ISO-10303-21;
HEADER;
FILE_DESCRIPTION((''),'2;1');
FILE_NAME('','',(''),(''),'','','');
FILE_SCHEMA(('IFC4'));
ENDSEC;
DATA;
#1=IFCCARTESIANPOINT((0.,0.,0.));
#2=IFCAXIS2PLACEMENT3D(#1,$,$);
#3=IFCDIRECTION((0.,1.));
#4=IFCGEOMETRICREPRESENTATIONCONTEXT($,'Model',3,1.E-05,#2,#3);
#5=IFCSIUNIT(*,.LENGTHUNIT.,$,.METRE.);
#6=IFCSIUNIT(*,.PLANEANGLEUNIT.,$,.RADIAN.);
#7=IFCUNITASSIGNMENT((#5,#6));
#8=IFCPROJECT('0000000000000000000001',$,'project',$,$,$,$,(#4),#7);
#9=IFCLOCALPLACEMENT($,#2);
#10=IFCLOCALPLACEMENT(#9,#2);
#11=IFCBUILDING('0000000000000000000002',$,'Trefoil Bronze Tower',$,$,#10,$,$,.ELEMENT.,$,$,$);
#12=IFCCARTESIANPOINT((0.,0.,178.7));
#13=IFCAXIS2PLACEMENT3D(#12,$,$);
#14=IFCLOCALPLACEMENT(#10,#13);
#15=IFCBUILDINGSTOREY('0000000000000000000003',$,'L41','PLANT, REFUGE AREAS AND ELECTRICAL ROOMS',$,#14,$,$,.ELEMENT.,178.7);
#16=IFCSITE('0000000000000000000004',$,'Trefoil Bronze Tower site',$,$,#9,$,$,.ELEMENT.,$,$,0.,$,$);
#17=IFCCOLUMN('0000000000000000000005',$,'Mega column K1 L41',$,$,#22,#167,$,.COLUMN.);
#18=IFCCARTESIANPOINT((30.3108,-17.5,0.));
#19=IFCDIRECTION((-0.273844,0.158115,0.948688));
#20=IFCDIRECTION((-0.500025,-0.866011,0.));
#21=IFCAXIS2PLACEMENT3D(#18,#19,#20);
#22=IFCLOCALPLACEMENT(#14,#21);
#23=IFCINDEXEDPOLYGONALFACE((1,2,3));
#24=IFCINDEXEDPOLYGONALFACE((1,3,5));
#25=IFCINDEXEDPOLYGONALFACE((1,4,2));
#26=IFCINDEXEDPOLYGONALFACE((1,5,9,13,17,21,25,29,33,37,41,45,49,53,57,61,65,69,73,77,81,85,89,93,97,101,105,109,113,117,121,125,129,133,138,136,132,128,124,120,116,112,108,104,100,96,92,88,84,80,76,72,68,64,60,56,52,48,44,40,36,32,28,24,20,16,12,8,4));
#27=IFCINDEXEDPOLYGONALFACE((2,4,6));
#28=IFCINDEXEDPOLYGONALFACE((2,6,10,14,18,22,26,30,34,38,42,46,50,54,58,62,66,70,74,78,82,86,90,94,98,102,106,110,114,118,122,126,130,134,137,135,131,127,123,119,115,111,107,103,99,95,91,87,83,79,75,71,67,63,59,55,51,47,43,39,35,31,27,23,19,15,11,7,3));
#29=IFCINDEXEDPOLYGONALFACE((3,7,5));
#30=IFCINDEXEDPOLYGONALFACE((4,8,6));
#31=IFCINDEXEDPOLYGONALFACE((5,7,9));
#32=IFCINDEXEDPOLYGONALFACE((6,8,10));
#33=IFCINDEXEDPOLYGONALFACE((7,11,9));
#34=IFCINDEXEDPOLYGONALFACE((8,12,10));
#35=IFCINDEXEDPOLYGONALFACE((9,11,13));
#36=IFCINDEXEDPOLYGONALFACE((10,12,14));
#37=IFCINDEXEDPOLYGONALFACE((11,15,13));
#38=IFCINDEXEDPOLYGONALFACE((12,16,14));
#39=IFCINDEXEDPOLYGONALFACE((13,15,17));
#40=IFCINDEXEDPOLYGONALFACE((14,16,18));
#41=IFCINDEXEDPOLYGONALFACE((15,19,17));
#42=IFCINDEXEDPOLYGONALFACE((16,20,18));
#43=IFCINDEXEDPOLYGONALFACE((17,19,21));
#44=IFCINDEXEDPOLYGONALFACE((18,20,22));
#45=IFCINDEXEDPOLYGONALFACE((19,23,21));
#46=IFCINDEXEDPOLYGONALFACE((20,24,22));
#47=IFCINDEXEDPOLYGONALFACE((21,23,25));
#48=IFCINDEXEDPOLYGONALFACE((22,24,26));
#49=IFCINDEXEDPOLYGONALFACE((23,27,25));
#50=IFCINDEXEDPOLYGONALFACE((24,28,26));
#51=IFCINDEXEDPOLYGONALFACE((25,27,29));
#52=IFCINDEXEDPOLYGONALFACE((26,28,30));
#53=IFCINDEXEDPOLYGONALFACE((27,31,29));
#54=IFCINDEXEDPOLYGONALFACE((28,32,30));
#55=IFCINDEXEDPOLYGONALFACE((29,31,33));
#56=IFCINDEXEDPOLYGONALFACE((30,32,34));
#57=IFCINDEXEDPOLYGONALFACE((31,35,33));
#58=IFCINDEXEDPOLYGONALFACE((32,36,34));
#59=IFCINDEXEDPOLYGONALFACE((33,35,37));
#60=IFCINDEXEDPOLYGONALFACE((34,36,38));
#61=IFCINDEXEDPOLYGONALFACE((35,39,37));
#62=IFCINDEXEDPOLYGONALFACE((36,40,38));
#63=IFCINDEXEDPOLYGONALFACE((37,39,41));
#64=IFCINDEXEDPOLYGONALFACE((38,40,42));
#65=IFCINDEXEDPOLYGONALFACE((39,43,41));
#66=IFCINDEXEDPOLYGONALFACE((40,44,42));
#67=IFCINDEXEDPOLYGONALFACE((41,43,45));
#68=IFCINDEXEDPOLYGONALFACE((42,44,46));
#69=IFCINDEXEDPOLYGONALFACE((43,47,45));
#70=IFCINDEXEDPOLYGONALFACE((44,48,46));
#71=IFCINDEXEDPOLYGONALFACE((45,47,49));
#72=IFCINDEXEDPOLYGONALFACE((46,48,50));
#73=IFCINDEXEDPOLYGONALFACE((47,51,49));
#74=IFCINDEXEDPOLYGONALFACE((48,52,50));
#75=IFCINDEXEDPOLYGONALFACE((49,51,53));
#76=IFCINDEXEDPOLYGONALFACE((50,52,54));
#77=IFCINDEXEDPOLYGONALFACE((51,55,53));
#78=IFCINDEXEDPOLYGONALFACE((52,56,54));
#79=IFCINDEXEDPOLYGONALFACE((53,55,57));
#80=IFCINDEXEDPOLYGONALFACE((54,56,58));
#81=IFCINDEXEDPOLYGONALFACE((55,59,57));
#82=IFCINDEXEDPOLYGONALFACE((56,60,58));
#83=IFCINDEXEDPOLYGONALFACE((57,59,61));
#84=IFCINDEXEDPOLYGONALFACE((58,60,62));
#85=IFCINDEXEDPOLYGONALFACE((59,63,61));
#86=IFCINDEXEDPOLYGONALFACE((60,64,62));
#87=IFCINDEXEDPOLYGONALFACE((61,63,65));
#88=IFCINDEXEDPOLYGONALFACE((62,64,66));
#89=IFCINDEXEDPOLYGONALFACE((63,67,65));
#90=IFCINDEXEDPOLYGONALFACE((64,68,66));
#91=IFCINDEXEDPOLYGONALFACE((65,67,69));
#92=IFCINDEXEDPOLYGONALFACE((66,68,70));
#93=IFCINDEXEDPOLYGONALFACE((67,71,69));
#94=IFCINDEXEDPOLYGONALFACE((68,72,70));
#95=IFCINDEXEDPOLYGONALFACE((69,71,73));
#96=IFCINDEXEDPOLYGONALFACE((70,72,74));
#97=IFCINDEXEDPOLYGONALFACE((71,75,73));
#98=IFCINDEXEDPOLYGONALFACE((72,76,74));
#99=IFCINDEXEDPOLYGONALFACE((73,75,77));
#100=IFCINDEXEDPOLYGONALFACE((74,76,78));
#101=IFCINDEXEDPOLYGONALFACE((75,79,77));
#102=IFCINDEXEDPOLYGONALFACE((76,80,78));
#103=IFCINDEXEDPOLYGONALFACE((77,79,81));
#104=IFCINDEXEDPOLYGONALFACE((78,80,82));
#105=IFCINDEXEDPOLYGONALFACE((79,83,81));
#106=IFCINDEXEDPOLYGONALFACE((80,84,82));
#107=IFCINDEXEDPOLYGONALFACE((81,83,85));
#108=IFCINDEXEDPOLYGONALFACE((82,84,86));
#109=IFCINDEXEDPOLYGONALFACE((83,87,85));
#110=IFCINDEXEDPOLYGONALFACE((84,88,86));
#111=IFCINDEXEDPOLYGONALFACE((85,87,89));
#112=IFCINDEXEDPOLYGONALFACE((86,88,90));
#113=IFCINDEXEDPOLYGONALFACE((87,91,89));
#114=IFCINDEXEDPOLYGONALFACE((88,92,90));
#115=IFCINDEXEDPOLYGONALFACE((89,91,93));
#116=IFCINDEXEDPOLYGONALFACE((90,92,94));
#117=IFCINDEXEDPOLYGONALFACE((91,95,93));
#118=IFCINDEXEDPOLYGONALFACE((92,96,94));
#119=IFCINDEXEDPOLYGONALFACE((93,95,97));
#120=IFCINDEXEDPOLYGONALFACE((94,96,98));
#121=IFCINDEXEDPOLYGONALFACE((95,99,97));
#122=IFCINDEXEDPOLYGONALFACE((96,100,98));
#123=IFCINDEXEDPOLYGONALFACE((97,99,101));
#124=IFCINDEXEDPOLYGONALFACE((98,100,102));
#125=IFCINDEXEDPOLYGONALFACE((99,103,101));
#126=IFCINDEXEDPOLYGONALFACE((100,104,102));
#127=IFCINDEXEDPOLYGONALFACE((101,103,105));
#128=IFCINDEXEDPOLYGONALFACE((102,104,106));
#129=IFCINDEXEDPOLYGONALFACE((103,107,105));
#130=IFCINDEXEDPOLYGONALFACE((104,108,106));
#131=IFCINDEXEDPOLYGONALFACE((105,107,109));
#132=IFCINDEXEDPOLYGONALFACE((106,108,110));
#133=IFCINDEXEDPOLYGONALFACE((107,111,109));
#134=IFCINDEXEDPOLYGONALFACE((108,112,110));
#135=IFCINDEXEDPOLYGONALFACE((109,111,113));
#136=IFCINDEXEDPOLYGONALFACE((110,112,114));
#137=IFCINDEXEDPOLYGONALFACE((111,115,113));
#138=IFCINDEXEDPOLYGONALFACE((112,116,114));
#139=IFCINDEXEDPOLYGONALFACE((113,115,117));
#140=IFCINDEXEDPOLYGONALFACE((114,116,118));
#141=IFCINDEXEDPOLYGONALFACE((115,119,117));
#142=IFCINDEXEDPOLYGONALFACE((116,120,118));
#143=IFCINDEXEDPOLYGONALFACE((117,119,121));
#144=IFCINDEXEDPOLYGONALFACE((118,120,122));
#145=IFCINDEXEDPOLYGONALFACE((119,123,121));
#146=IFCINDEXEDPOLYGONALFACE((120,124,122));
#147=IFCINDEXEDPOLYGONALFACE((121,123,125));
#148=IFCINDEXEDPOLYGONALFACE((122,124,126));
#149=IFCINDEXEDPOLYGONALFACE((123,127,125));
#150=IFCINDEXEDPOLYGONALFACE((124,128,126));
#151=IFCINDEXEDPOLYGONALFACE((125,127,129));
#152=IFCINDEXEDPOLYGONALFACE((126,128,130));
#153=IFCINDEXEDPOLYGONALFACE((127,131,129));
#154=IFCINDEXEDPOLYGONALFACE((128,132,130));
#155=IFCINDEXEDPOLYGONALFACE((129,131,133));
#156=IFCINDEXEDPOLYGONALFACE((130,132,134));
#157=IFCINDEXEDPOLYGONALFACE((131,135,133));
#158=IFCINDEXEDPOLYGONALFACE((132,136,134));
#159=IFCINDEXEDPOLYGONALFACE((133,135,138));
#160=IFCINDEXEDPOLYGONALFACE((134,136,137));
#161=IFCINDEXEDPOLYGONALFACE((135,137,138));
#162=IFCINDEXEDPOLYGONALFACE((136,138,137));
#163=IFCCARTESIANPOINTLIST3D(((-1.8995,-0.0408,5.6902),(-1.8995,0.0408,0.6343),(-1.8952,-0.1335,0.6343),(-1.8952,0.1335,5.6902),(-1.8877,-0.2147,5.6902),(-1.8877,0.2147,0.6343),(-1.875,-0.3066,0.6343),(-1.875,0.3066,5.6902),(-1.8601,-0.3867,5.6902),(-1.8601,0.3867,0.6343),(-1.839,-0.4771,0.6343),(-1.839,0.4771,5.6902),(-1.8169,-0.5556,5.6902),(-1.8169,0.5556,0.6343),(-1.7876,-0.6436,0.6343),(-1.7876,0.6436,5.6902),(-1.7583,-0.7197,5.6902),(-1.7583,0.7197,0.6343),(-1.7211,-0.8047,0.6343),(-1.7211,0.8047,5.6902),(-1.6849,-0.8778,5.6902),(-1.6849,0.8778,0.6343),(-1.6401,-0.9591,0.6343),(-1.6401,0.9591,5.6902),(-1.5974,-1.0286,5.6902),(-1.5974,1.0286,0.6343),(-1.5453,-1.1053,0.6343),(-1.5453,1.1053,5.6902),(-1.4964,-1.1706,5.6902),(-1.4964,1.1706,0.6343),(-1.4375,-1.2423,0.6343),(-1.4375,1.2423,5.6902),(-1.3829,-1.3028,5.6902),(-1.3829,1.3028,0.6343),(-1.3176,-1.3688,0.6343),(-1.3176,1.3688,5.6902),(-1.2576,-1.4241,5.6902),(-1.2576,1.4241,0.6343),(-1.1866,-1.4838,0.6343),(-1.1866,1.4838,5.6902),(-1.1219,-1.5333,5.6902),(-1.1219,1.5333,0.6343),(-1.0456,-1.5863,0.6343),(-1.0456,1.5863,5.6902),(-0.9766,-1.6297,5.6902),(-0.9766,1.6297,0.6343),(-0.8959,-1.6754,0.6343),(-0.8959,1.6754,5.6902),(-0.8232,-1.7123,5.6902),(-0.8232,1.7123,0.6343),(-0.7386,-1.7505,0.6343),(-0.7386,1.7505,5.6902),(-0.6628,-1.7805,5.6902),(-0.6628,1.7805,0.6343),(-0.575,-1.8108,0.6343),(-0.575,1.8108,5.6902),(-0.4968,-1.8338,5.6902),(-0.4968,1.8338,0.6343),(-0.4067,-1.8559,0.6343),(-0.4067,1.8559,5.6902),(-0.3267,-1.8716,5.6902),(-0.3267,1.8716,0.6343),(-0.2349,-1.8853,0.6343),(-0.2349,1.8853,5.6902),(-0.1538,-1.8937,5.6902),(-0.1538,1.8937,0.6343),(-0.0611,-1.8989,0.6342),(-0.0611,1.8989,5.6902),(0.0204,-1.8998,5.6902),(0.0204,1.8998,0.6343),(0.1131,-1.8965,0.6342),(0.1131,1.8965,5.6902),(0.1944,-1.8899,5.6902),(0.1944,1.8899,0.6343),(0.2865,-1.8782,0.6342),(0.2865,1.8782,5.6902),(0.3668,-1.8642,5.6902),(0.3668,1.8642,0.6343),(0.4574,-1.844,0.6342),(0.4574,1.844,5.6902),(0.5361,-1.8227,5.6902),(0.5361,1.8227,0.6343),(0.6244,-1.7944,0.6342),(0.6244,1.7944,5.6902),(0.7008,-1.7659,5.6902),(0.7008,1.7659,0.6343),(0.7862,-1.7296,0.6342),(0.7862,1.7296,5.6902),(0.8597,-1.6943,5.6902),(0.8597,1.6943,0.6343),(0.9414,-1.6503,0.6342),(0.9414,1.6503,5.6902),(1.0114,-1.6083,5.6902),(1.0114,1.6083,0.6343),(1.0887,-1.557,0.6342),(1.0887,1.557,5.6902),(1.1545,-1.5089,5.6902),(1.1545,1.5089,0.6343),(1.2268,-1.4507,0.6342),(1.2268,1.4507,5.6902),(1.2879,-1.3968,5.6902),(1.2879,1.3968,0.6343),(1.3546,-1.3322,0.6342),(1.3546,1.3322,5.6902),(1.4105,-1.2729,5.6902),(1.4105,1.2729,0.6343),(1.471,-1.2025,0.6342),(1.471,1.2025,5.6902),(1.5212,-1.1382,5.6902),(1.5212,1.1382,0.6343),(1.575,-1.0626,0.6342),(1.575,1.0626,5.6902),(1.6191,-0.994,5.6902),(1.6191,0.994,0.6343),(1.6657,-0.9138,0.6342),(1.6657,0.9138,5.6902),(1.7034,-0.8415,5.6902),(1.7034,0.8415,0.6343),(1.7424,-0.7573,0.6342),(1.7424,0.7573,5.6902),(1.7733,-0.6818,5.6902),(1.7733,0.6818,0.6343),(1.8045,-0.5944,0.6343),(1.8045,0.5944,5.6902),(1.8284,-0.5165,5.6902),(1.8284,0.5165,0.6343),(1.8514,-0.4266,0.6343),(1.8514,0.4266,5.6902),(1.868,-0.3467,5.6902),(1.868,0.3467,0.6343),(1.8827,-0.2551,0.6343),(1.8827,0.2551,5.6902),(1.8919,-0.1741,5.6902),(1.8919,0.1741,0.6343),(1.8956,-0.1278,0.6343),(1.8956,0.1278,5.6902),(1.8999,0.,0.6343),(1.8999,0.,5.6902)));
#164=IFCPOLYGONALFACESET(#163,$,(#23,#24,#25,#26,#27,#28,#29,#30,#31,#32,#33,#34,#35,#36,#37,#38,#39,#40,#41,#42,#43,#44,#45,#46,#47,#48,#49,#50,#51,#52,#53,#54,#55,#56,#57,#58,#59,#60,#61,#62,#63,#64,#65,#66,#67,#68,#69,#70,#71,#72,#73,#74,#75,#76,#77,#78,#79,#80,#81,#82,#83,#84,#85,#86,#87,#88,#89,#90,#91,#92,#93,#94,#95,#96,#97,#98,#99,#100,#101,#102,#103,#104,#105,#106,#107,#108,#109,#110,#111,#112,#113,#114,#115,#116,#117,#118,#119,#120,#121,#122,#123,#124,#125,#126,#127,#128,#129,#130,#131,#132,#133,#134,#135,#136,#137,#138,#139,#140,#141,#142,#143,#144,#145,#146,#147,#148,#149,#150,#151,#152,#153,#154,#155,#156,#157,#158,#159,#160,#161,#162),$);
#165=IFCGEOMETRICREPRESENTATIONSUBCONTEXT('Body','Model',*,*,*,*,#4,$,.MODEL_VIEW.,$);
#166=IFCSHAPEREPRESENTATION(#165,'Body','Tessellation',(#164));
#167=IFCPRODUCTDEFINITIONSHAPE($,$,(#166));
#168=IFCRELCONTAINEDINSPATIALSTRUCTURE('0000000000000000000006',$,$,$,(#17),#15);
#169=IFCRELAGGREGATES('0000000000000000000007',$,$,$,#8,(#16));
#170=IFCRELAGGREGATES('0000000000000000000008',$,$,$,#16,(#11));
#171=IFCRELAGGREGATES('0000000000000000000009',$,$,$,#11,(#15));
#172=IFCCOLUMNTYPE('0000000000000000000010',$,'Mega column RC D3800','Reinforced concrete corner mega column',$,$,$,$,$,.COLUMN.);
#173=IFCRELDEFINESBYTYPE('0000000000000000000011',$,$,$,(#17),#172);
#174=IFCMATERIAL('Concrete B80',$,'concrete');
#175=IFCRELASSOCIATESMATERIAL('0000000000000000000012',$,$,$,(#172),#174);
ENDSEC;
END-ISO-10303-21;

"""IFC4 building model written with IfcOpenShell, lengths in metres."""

from ifc_helpers import new_model, si_unit, direction, frame, origin, origin_2d, place, context, subcontext, project, spatial, circle, extrude, clip, halfspace, material, material_profile, profile_set, type_object, element, save


model = new_model("IFC4")

# Units and contexts
model_context = context("Model", 3, precision=1e-05, world=origin(), true_north=direction((0.0, 1.0)))
body_context = subcontext(model_context, "Body", "Model", "MODEL_VIEW")
ifc_project = project(units=[si_unit("LENGTHUNIT", "METRE"), si_unit("PLANEANGLEUNIT", "RADIAN")], contexts=[model_context])

# Site, building, storey
site_placement = place(None, origin())
site = spatial("IfcSite", under=ifc_project, at=site_placement, Name="Trefoil Bronze Tower site", CompositionType="ELEMENT", RefElevation=0.0)
building_placement = place(site_placement, origin())
building = spatial("IfcBuilding", under=site, at=building_placement, Name="Trefoil Bronze Tower", CompositionType="ELEMENT")
storey_placement = place(building_placement, frame((0.0, 0.0, 178.7)))
storey = spatial("IfcBuildingStorey", under=building, at=storey_placement, Name="L41", Description="PLANT, REFUGE AREAS AND ELECTRICAL ROOMS", CompositionType="ELEMENT", Elevation=178.7)

# Column
ifc_material_1 = material(Name="Concrete B80", Category="concrete")
ifc_material_profile_1 = material_profile(ifc_material_1, circle(Radius=1.8999, at=origin_2d()), Name="RC D3800")
ifc_profile_set_1 = profile_set([ifc_material_profile_1], Name="Concrete B80")
column_type = type_object("IfcColumnType", Name="Mega column RC D3800", Description="Reinforced concrete corner mega column", PredefinedType="COLUMN", material=ifc_profile_set_1)
column_placement = place(storey_placement, frame((30.3108, -17.5, 0.0), z_axis=(-0.273844, 0.158115, 0.948688), x_axis=(-0.500025, -0.866011, 0.0)))
element("IfcColumn", 1, at=column_placement, inside=storey, type_object=column_type, Name="Mega column K1 L41", PredefinedType="COLUMN", context=body_context, shape_type="Clipping", body=[
    clip(clip(extrude(circle(Radius=1.8999, at=origin_2d()), origin(), (0.0, 0.0, 1.0), 6.3245), halfspace(frame((0.0, 0.0, 0.6343), z_axis=(0.000009, -0.000015, 1.0), x_axis=(0.0, 1.0, 0.000015)), True)), halfspace(frame((0.0, 0.0, 5.6902), z_axis=(-0.000009, 0.000015, -1.0), x_axis=(0.0, -1.0, -0.000015)), True)),
])

save(model, "model.ifc")
